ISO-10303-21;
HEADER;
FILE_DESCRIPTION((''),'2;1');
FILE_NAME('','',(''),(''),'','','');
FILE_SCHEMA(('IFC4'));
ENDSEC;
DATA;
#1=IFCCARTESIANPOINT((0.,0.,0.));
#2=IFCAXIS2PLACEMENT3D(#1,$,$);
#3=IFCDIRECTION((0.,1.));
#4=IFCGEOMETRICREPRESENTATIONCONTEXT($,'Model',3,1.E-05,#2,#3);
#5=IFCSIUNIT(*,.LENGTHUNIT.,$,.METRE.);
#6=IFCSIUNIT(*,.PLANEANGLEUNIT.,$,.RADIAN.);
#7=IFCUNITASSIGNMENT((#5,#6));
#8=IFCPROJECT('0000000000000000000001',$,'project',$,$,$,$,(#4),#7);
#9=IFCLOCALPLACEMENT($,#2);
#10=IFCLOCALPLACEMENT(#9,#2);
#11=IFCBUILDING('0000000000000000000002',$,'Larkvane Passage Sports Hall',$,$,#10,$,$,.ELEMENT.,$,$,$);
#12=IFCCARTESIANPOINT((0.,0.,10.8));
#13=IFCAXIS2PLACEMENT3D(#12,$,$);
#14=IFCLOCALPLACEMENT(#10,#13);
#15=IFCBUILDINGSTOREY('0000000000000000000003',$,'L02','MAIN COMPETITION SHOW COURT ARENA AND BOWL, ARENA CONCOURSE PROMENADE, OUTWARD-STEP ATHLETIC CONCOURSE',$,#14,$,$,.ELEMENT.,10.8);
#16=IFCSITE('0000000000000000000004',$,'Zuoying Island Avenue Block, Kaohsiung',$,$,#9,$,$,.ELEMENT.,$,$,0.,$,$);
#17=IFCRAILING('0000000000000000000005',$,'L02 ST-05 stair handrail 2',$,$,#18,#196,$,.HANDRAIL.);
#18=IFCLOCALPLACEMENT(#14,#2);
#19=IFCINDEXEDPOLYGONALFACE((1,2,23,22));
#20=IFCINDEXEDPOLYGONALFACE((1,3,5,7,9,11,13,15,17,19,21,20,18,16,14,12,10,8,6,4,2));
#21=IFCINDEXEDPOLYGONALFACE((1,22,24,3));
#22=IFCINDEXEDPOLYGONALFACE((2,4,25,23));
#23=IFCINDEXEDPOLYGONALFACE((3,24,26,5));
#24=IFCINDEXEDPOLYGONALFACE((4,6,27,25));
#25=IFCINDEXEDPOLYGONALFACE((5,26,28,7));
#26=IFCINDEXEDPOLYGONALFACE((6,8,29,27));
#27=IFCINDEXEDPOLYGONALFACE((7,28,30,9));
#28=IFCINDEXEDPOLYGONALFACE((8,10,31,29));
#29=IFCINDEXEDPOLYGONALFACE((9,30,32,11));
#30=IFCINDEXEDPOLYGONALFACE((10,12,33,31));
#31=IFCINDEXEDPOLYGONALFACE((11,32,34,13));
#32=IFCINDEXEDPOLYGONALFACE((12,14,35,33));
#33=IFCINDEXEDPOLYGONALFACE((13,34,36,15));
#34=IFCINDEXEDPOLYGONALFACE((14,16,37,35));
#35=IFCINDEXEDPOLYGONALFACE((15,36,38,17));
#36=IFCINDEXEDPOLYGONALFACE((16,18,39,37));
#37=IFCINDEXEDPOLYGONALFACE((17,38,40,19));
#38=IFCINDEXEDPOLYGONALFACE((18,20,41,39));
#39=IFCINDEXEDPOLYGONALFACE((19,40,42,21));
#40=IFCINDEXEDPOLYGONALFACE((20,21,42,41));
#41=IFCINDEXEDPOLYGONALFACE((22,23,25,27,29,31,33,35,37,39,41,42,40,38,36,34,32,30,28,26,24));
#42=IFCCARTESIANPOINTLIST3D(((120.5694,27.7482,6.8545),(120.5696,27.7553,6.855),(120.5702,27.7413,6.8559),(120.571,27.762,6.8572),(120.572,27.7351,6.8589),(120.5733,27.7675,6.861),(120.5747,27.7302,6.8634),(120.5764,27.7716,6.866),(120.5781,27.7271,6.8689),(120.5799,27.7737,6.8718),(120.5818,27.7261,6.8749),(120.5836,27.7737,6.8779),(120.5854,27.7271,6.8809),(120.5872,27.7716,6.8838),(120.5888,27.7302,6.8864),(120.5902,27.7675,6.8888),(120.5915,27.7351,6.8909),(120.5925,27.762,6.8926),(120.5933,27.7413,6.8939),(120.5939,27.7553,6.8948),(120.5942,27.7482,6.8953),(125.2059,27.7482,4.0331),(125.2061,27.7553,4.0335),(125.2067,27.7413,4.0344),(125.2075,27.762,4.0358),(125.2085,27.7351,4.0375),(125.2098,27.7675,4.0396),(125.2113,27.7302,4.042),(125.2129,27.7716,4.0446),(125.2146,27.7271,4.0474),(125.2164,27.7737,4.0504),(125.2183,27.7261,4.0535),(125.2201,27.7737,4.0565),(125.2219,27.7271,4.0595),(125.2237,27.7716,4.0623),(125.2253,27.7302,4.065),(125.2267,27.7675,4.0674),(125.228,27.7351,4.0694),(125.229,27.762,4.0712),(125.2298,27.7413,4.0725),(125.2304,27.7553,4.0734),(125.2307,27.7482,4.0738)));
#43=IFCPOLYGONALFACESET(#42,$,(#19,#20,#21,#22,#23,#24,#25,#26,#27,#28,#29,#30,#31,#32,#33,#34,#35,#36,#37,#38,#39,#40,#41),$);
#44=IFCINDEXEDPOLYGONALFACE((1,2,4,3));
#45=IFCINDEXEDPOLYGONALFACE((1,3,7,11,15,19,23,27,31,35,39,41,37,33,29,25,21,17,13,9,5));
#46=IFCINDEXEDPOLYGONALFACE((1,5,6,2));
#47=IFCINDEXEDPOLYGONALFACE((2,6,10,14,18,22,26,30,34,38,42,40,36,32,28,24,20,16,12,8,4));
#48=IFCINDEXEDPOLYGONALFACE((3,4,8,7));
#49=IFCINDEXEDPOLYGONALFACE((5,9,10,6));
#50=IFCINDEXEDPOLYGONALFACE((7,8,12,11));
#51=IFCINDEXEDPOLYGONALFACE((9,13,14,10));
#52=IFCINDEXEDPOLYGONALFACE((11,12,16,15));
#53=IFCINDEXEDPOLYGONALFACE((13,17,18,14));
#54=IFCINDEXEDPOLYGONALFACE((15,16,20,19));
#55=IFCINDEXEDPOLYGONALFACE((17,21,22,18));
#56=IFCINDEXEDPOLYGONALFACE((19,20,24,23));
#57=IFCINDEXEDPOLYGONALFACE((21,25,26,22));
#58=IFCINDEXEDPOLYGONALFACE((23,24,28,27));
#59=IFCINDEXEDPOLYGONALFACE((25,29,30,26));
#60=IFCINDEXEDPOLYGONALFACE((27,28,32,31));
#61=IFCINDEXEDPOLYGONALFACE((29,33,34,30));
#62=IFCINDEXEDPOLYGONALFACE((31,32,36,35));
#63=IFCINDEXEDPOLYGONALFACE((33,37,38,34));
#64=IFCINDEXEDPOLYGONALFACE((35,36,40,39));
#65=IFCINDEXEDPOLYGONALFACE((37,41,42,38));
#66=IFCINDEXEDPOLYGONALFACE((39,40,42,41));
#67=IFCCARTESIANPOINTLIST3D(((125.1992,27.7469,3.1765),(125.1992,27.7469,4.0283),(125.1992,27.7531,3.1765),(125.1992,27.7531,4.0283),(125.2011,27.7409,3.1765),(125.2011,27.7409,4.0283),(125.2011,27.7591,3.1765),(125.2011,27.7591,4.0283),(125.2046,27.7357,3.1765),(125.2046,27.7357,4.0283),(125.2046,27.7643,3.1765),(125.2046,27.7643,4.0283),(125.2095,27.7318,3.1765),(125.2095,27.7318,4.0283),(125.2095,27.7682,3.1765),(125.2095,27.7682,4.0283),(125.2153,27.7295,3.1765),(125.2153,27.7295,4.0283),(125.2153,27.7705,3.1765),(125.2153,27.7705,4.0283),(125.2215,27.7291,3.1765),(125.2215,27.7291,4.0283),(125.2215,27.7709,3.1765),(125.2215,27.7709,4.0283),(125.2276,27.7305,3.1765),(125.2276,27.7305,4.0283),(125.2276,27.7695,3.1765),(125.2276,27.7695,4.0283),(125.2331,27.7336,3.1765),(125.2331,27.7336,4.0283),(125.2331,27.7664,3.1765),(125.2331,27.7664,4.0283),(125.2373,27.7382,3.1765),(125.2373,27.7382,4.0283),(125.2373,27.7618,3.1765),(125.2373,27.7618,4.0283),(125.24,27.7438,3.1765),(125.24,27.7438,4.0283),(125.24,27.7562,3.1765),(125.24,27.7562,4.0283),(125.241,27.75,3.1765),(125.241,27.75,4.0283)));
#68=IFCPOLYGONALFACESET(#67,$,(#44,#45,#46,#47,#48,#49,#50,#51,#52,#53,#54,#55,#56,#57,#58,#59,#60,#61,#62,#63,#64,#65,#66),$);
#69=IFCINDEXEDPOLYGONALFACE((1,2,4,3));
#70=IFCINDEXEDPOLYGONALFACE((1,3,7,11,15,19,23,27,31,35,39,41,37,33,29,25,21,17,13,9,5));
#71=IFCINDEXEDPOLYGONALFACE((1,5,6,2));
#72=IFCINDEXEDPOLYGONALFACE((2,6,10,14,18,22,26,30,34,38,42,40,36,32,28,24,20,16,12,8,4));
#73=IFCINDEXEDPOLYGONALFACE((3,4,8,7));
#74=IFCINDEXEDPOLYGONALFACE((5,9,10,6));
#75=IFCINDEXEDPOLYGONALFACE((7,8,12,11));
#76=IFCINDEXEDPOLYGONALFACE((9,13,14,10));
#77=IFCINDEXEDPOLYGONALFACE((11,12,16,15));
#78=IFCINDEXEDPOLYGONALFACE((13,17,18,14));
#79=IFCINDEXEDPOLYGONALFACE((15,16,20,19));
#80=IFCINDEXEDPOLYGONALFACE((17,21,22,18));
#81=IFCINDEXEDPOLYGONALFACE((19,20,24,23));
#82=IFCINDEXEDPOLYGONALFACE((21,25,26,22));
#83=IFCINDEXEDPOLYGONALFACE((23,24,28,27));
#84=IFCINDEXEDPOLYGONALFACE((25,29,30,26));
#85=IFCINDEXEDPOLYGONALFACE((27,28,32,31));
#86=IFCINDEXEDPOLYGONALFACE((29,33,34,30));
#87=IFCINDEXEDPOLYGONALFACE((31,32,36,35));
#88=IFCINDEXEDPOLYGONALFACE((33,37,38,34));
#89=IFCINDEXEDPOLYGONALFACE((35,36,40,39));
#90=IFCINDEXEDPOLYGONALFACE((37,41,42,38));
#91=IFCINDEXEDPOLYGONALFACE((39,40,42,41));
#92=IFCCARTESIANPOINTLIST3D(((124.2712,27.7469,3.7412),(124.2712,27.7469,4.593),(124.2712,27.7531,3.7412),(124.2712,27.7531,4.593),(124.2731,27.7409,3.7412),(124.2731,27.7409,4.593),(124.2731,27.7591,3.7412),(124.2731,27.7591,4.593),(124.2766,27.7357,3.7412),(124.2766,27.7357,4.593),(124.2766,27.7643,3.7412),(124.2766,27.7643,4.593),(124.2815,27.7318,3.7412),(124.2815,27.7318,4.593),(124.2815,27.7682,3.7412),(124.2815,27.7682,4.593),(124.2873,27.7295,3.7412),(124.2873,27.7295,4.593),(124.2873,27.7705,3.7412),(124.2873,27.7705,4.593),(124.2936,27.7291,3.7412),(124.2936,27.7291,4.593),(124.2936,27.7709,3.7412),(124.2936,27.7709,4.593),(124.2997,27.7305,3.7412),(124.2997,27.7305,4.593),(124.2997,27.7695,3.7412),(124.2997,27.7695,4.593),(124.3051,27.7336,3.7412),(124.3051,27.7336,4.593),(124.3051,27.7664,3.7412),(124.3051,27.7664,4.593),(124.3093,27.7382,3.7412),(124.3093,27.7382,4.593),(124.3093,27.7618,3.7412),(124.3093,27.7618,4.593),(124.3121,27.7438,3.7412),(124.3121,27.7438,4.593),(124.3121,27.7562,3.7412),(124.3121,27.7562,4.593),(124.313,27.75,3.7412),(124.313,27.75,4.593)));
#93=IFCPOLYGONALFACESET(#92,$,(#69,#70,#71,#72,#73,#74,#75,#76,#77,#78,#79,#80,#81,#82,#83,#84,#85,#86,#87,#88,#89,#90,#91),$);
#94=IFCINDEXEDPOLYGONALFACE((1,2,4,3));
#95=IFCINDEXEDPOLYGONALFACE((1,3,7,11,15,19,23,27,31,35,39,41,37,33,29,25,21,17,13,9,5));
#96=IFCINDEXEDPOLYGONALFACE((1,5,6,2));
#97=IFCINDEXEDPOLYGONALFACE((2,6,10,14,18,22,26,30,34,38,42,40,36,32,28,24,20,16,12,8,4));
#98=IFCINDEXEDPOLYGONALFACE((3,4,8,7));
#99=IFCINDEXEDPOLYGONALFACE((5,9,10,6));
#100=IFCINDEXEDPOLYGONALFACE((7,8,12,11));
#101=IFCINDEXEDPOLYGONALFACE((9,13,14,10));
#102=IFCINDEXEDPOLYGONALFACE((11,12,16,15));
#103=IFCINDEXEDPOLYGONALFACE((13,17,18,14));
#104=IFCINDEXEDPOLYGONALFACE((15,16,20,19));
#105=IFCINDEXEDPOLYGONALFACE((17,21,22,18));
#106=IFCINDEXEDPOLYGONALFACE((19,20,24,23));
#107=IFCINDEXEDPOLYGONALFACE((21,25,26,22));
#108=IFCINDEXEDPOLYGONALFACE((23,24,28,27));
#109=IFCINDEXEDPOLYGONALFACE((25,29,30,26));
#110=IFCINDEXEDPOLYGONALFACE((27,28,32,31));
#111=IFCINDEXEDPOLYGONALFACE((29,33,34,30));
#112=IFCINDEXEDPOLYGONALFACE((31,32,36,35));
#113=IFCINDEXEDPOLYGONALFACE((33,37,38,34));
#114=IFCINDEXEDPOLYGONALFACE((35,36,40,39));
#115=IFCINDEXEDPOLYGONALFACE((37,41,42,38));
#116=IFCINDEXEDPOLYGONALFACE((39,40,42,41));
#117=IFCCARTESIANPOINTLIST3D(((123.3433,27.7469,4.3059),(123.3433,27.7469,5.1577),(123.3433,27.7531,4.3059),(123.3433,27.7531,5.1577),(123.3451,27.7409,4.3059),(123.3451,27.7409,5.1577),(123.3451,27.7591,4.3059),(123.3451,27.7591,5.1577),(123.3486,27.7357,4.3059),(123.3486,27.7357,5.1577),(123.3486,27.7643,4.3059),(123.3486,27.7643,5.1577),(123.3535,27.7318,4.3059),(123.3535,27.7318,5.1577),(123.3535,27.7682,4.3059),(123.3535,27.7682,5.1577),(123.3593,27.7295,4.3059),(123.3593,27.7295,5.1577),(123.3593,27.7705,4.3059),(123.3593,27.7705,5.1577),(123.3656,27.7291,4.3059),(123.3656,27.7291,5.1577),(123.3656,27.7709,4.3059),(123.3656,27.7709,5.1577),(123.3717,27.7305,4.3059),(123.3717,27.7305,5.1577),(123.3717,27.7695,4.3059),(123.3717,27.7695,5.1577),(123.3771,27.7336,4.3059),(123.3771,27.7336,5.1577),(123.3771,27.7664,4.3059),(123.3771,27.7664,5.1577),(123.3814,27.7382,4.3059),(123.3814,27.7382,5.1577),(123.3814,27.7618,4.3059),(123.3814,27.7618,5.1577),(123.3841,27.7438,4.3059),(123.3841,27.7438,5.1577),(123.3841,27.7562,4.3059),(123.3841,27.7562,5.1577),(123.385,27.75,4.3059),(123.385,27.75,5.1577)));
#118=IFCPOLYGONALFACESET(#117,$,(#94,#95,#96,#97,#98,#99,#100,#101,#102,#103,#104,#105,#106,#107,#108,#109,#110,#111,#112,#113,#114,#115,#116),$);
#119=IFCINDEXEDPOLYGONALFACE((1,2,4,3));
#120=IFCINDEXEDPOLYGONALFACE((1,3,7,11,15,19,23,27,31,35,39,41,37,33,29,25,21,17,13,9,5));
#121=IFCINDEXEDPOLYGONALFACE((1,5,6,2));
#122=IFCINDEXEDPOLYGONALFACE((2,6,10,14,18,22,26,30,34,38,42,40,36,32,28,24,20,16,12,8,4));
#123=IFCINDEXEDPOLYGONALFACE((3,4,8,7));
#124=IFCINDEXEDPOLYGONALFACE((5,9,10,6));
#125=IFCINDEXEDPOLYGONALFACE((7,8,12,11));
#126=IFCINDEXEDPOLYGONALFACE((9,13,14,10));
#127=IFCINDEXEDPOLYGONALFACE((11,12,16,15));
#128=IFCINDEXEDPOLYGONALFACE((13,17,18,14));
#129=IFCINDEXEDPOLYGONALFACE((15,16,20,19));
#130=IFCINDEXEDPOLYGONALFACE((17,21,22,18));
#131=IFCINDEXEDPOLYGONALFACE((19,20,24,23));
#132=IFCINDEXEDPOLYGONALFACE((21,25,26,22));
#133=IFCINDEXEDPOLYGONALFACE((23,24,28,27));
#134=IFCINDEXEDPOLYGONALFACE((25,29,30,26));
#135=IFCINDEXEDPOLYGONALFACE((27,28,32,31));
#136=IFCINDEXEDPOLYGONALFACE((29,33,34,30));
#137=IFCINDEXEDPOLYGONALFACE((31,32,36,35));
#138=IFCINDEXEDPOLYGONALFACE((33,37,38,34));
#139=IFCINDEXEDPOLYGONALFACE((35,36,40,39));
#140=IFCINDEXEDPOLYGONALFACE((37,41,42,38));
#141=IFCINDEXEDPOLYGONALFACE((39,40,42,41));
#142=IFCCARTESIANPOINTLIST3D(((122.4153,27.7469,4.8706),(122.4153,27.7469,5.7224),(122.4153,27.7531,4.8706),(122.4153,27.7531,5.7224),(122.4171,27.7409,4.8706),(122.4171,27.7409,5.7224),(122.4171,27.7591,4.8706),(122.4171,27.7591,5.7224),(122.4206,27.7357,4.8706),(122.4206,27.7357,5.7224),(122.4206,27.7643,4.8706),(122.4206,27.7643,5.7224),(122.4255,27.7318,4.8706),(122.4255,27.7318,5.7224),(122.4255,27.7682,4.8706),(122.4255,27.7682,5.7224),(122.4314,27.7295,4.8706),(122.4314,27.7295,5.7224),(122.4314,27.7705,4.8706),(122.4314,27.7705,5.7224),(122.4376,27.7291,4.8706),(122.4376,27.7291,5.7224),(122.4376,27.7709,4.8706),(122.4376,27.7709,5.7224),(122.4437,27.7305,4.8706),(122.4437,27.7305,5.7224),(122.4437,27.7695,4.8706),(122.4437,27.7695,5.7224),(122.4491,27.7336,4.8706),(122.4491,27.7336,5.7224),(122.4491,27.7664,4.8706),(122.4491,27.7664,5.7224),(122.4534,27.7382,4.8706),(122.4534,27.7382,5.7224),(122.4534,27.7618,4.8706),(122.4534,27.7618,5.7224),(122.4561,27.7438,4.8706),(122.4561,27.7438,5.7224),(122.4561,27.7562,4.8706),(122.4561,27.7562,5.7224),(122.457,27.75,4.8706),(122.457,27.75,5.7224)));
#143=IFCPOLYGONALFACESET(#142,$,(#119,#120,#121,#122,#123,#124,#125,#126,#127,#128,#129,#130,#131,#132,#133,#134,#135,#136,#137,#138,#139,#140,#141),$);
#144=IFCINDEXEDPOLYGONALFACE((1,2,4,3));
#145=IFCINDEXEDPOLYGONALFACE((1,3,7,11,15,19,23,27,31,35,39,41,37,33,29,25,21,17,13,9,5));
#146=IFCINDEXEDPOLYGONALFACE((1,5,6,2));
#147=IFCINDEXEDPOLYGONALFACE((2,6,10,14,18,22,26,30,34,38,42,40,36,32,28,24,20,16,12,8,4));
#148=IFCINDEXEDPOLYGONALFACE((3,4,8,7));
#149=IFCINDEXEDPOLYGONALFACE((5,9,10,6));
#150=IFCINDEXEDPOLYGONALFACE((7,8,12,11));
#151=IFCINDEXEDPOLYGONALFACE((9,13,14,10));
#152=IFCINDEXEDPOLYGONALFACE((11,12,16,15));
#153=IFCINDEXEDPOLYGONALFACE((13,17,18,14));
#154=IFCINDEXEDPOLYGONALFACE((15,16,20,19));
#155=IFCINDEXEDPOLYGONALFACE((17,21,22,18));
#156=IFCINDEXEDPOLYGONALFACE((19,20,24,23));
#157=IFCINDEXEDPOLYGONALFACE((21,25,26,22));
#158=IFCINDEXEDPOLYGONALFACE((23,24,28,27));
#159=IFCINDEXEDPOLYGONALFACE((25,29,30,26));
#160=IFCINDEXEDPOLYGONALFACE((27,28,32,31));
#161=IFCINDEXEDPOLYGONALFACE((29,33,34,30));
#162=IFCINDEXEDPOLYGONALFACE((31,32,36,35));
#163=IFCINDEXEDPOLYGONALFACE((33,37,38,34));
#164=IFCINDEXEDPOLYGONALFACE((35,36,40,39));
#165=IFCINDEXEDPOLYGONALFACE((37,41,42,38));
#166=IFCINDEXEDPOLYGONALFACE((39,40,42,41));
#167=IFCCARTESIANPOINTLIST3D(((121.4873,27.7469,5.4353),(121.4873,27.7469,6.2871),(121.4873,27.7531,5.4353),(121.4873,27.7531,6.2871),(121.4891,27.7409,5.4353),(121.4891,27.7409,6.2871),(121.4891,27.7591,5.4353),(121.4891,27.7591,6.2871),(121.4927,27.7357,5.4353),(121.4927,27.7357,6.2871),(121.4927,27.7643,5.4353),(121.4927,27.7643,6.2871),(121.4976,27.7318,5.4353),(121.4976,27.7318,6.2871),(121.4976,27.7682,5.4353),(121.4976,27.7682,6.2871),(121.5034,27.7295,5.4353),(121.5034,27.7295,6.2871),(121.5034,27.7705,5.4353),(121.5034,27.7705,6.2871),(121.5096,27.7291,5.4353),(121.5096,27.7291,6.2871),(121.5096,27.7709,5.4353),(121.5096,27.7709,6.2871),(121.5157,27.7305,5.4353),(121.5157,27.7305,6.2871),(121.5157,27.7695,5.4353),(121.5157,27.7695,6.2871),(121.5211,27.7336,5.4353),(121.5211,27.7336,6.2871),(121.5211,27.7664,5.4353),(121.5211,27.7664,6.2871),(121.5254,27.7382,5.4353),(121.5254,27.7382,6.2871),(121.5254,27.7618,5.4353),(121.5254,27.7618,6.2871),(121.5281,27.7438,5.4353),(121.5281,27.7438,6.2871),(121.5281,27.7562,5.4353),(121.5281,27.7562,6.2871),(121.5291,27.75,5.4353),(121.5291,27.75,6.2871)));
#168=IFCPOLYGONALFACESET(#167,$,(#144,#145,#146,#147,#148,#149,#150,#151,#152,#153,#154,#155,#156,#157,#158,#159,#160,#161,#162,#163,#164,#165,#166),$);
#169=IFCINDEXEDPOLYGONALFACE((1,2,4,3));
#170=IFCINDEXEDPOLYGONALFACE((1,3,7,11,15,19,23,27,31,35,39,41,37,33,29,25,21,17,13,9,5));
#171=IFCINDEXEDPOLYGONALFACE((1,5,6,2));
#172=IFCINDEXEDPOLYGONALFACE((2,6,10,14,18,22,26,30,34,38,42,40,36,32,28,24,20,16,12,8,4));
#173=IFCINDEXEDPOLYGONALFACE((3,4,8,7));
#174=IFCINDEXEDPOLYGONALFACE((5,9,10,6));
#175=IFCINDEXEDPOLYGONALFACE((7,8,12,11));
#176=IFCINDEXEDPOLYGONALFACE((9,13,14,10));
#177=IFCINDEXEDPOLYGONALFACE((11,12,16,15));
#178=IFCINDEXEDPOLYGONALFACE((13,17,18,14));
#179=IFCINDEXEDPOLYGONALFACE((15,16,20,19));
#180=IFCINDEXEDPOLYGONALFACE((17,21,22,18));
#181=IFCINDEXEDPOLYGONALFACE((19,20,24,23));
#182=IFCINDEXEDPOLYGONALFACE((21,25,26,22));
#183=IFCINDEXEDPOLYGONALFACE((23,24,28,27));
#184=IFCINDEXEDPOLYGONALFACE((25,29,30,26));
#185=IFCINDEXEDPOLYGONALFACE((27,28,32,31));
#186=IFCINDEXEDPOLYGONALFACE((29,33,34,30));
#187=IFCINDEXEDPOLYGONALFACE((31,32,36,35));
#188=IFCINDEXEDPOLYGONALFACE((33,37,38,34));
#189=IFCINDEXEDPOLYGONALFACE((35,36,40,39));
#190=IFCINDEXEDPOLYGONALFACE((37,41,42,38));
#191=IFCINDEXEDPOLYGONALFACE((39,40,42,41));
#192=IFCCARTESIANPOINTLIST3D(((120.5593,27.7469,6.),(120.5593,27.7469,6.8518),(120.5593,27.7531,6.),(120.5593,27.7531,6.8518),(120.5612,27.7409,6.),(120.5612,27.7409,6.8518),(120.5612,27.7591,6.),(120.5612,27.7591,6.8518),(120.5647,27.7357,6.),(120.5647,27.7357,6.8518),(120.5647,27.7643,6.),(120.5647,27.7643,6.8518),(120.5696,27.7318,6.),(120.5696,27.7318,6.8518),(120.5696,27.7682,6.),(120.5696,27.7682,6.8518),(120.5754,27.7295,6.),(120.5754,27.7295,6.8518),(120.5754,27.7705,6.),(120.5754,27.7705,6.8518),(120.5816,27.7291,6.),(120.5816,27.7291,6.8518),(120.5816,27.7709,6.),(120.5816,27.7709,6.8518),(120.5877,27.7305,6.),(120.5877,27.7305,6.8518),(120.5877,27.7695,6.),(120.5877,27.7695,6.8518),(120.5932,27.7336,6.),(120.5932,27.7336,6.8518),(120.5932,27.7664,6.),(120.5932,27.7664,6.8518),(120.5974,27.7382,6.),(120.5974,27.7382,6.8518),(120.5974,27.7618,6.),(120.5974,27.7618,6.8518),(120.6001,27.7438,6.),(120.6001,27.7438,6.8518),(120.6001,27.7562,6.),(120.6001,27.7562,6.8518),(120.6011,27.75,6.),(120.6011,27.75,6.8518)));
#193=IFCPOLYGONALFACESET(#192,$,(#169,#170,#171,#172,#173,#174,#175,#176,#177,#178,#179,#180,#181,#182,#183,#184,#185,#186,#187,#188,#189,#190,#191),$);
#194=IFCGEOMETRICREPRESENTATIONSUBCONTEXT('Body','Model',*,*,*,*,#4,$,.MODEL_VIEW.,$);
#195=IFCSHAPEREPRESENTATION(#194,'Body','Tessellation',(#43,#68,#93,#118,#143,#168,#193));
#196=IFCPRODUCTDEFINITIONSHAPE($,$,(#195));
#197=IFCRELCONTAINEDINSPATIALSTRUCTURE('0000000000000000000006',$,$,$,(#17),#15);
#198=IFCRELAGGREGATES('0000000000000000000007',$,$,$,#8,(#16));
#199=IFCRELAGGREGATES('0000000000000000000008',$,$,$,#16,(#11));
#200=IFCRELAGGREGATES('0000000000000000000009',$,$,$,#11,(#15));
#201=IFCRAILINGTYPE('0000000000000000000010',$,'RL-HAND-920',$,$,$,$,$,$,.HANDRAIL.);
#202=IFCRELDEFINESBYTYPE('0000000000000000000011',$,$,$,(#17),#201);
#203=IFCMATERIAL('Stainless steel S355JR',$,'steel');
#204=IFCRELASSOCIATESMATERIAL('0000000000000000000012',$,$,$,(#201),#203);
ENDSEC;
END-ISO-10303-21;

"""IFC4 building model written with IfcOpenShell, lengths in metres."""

from ifc_helpers import new_model, si_unit, direction, frame, origin, origin_2d, place, context, subcontext, project, spatial, circle, extrude, material, type_object, element, save


model = new_model("IFC4")

# Units and contexts
model_context = context("Model", 3, precision=1e-05, world=origin(), true_north=direction((0.0, 1.0)))
body_context = subcontext(model_context, "Body", "Model", "MODEL_VIEW")
ifc_project = project(units=[si_unit("LENGTHUNIT", "METRE"), si_unit("PLANEANGLEUNIT", "RADIAN")], contexts=[model_context])

# Site, building, storey
site_placement = place(None, origin())
site = spatial("IfcSite", under=ifc_project, at=site_placement, Name="Zuoying Island Avenue Block, Kaohsiung", CompositionType="ELEMENT", RefElevation=0.0)
building_placement = place(site_placement, origin())
building = spatial("IfcBuilding", under=site, at=building_placement, Name="Larkvane Passage Sports Hall", CompositionType="ELEMENT")
storey_placement = place(building_placement, frame((0.0, 0.0, 10.8)))
storey = spatial("IfcBuildingStorey", under=building, at=storey_placement, Name="L02", Description="MAIN COMPETITION SHOW COURT ARENA AND BOWL, ARENA CONCOURSE PROMENADE, OUTWARD-STEP ATHLETIC CONCOURSE", CompositionType="ELEMENT", Elevation=10.8)

# Railing
ifc_material_1 = material(Name="Stainless steel S355JR", Category="steel")
railing_type_1 = type_object("IfcRailingType", Name="RL-HAND-920", PredefinedType="HANDRAIL", material=ifc_material_1)
railing_1_placement = place(storey_placement, frame((125.22, 27.75, 3.1765)))
element("IfcRailing", 1, at=railing_1_placement, inside=storey, type_object=railing_type_1, Name="L02 ST-05 stair handrail 2", PredefinedType="HANDRAIL", context=body_context, shape_type="SweptSolid", body=[
    extrude(circle(Radius=0.0239, at=origin_2d()), frame((-0.0017, 0.0, 0.877), z_axis=(-0.854264, 0.0, 0.51984), x_axis=(0.0, -1.0, 0.0)), (0.0, 0.0, 1.0), 5.4275),
    extrude(circle(Radius=0.021, at=origin_2d()), origin(), (0.0, 0.0, 1.0), 0.8518),
    extrude(circle(Radius=0.021, at=origin_2d()), frame((-0.928, 0.0, 0.5647)), (0.0, 0.0, 1.0), 0.8518),
    extrude(circle(Radius=0.021, at=origin_2d()), frame((-1.856, 0.0, 1.1294)), (0.0, 0.0, 1.0), 0.8518),
    extrude(circle(Radius=0.021, at=origin_2d()), frame((-2.7839, 0.0, 1.6941)), (0.0, 0.0, 1.0), 0.8518),
    extrude(circle(Radius=0.021, at=origin_2d()), frame((-3.7119, 0.0, 2.2588)), (0.0, 0.0, 1.0), 0.8518),
    extrude(circle(Radius=0.021, at=origin_2d()), frame((-4.6399, 0.0, 2.8235)), (0.0, 0.0, 1.0), 0.8518),
])

save(model, "model.ifc")
